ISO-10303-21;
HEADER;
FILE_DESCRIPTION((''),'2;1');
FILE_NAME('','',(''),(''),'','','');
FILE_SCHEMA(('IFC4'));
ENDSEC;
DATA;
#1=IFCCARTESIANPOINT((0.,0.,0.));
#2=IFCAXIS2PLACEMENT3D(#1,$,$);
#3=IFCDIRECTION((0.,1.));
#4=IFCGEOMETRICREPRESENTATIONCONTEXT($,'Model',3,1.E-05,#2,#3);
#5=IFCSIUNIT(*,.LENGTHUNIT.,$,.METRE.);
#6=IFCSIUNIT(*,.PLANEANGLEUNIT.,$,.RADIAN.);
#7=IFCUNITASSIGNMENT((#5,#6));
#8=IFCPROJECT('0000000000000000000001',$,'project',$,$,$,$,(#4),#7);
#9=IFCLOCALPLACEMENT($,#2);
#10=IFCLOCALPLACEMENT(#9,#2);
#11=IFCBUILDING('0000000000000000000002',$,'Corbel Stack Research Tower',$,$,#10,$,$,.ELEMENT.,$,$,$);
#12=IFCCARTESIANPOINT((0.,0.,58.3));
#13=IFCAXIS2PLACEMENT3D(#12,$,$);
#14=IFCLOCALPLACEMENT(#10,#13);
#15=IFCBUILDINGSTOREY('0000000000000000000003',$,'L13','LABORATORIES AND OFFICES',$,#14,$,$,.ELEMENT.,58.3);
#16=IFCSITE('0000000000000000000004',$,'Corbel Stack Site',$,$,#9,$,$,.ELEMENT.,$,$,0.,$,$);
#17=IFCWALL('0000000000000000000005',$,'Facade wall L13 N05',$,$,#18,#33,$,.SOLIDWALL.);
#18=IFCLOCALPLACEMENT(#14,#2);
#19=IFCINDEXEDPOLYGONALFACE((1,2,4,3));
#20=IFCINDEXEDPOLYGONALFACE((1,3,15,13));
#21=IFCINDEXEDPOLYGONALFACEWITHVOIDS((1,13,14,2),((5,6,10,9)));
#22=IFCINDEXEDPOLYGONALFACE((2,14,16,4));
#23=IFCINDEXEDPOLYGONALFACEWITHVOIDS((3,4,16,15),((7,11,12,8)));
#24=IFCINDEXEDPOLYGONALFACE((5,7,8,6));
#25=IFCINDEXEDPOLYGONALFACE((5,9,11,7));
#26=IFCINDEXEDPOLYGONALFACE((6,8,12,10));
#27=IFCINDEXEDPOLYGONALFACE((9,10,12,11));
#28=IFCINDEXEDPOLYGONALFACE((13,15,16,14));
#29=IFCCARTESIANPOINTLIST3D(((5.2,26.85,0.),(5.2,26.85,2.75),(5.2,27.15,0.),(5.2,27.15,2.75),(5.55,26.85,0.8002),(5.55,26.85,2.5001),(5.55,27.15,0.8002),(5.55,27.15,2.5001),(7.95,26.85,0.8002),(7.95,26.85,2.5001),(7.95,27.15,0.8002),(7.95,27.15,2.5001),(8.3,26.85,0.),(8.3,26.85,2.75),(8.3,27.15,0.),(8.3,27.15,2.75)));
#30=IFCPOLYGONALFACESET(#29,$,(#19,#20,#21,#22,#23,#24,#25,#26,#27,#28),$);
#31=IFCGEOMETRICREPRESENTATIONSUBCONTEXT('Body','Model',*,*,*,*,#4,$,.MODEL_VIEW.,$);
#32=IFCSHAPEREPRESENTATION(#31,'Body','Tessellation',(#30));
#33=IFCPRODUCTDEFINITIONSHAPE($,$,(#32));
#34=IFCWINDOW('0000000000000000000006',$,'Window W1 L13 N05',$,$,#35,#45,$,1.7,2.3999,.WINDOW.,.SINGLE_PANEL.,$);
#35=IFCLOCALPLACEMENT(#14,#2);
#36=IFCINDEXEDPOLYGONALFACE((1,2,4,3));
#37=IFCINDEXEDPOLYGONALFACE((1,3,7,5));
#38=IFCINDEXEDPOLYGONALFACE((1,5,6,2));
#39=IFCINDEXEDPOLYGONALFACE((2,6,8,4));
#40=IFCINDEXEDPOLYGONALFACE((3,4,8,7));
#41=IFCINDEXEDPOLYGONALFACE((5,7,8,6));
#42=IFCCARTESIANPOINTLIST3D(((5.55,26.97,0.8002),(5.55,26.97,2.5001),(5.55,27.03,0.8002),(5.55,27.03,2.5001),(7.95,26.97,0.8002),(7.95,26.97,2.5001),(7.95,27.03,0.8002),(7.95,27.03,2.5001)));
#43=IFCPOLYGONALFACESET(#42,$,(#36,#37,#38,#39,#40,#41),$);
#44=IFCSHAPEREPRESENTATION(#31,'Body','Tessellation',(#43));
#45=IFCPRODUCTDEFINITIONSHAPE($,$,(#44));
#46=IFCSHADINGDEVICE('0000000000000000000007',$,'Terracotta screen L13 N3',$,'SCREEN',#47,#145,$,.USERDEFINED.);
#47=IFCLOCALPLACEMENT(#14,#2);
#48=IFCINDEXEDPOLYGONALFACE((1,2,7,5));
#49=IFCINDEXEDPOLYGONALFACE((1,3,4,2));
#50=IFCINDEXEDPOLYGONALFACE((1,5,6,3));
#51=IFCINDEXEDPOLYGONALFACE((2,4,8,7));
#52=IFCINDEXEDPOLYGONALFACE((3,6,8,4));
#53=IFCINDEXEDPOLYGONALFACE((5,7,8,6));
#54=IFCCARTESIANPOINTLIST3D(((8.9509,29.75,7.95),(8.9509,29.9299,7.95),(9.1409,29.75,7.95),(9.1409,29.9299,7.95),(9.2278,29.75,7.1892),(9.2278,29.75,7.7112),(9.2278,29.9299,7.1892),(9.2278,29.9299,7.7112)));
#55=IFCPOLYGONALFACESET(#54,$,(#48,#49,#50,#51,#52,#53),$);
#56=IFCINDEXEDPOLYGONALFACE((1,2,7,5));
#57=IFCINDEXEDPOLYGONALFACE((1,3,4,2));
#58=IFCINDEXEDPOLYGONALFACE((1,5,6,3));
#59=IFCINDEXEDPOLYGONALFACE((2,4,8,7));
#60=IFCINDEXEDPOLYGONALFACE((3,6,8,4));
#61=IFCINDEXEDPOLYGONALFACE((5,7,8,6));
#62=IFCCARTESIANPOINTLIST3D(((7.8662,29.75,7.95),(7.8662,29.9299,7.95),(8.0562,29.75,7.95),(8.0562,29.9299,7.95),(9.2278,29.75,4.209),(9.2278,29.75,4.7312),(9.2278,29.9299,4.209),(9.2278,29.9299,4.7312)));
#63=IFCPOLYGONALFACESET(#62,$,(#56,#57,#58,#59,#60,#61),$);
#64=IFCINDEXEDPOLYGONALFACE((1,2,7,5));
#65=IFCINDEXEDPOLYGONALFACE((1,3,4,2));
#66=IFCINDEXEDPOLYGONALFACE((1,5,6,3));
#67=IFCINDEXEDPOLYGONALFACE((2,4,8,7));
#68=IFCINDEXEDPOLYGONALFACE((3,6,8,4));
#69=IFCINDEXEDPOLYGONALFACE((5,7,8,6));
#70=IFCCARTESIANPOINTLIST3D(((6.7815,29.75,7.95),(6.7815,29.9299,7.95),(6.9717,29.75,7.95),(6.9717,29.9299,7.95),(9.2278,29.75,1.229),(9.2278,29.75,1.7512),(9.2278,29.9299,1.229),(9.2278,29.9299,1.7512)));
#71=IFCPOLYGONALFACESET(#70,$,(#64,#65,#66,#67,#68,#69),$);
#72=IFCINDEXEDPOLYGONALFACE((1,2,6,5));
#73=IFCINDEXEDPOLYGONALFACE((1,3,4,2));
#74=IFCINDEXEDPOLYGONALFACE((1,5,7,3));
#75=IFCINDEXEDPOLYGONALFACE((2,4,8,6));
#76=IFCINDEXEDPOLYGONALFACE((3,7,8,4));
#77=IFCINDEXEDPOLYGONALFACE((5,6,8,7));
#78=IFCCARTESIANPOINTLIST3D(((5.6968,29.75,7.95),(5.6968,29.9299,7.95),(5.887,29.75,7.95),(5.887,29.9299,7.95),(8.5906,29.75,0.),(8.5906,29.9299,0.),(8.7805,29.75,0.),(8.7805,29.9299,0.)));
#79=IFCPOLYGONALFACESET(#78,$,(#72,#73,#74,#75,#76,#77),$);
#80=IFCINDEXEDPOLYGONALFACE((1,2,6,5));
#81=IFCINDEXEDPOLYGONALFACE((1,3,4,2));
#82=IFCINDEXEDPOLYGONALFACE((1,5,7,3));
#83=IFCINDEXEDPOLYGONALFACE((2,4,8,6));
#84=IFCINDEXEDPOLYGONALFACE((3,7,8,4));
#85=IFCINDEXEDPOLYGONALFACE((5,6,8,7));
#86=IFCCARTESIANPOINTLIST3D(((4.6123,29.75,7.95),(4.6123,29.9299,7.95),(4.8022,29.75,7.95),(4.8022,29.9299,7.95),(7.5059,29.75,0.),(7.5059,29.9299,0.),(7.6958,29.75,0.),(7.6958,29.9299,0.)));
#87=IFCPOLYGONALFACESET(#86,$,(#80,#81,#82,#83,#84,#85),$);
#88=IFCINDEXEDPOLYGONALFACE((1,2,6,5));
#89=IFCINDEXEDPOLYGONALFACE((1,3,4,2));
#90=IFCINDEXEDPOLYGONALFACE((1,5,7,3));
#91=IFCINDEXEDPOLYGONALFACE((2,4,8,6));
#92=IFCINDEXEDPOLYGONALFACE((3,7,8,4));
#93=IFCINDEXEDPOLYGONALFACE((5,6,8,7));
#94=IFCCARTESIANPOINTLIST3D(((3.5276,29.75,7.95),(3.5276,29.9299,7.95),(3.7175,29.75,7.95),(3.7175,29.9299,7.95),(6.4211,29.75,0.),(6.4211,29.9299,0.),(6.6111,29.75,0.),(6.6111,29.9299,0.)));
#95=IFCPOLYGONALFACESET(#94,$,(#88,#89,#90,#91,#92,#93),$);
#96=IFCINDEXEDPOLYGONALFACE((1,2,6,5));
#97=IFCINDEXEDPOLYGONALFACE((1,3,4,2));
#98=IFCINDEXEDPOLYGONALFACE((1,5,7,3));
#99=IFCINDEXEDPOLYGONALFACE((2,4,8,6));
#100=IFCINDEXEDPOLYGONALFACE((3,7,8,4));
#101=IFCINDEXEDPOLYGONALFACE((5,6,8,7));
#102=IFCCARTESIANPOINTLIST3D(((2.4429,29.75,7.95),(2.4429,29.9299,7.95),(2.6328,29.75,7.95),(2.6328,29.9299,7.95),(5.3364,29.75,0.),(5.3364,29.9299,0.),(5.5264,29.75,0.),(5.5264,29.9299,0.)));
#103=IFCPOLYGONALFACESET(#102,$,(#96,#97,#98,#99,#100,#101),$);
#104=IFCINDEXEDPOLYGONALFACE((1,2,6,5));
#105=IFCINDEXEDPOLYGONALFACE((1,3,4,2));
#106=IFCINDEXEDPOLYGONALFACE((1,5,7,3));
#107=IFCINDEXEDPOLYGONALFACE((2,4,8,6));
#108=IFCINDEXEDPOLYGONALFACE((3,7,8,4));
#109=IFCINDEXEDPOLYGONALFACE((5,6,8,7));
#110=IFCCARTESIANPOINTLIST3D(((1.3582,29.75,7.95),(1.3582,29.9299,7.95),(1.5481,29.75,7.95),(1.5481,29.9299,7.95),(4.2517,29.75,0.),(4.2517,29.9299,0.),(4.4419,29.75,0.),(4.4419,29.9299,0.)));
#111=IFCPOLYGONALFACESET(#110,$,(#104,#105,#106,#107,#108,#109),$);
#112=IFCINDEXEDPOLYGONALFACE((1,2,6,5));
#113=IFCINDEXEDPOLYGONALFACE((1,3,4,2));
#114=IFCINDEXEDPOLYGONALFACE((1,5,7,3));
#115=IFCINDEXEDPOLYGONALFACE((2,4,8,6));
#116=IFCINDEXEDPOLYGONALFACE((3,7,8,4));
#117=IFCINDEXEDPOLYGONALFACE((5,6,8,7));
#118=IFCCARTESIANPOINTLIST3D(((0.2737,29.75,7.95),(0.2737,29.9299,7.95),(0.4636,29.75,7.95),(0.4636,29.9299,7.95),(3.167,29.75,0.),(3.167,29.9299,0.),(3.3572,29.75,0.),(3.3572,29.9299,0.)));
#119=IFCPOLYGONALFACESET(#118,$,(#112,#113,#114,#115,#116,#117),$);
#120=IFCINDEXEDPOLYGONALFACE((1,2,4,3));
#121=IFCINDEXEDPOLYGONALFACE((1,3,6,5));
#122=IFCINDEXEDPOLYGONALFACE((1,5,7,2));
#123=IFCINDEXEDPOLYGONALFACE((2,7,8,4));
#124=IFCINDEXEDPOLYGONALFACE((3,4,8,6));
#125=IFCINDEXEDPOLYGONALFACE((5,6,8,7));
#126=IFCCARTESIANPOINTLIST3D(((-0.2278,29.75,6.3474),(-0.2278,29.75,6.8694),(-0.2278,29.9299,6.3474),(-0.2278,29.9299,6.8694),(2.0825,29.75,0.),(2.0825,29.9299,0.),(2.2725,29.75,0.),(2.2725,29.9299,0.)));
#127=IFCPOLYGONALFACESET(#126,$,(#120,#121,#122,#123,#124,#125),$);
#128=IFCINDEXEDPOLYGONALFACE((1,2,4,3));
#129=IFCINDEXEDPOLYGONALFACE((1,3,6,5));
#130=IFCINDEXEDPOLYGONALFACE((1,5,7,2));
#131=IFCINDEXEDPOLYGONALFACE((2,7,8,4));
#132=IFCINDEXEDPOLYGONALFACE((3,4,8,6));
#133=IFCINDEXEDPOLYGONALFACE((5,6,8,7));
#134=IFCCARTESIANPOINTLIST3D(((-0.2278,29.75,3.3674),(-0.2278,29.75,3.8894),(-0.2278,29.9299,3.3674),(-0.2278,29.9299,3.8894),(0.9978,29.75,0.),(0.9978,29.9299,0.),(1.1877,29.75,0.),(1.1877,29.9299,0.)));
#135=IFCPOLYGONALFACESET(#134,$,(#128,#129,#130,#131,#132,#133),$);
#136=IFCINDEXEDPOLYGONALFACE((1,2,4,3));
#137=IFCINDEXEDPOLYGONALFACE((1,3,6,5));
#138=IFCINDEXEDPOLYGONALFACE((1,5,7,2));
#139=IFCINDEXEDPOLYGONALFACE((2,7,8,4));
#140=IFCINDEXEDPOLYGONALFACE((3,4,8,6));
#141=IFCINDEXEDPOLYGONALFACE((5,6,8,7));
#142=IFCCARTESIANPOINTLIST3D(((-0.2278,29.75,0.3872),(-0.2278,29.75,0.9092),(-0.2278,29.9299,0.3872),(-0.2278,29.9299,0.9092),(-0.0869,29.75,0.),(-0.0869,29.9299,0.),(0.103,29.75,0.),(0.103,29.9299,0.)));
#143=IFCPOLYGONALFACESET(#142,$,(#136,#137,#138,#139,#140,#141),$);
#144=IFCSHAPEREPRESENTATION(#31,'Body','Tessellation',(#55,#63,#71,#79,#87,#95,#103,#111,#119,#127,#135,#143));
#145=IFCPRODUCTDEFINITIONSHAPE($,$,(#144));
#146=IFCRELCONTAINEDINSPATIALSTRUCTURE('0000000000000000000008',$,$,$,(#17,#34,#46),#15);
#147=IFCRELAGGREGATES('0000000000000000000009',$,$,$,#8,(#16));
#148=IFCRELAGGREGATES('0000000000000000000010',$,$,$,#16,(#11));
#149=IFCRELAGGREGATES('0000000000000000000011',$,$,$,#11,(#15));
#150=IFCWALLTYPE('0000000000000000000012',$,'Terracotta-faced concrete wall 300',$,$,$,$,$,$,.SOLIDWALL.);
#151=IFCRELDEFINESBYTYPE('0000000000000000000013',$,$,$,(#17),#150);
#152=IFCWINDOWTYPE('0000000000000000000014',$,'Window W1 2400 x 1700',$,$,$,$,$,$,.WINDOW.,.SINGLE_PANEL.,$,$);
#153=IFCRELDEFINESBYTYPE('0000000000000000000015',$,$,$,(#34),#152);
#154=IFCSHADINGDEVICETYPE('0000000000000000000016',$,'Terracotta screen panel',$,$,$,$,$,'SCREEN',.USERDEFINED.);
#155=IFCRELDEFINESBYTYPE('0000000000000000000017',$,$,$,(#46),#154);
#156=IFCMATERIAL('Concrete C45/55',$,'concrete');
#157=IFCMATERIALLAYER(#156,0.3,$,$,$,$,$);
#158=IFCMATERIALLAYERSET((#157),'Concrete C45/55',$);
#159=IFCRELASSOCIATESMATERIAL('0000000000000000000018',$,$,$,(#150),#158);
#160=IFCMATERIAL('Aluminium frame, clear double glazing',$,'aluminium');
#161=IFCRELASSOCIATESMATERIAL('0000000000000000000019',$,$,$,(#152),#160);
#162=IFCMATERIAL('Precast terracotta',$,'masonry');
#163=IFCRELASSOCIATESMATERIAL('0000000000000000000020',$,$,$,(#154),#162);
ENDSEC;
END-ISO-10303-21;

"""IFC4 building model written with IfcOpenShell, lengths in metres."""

from ifc_helpers import new_model, si_unit, direction, frame, frame_2d, origin, place, context, subcontext, project, spatial, polyline, rectangle, outline, extrude, source, transform, mapped, material, layer, layer_set, type_object, element, fill, save


model = new_model("IFC4")

# Units and contexts
model_context = context("Model", 3, precision=1e-05, world=origin(), true_north=direction((0.0, 1.0)))
body_context = subcontext(model_context, "Body", "Model", "MODEL_VIEW")
ifc_project = project(units=[si_unit("LENGTHUNIT", "METRE"), si_unit("PLANEANGLEUNIT", "RADIAN")], contexts=[model_context])

# Site, building, storey
site_placement = place(None, origin())
site = spatial("IfcSite", under=ifc_project, at=site_placement, Name="Corbel Stack Site", CompositionType="ELEMENT", RefElevation=0.0)
building_placement = place(site_placement, origin())
building = spatial("IfcBuilding", under=site, at=building_placement, Name="Corbel Stack Research Tower", CompositionType="ELEMENT")
storey_placement = place(building_placement, frame((0.0, 0.0, 58.3)))
storey = spatial("IfcBuildingStorey", under=building, at=storey_placement, Name="L13", Description="LABORATORIES AND OFFICES", CompositionType="ELEMENT", Elevation=58.3)

# Shared definitions
ifc_material_1 = material(Name="Concrete C45/55", Category="concrete")
ifc_layer_1 = layer(ifc_material_1, 0.3)
ifc_layer_set_1 = layer_set([ifc_layer_1], Name="Concrete C45/55")
wall_type_1 = type_object("IfcWallType", Name="Terracotta-faced concrete wall 300", PredefinedType="SOLIDWALL", material=ifc_layer_set_1)

# Wall, opening, window
ifc_material_2 = material(Name="Aluminium frame, clear double glazing", Category="aluminium")
window_type = type_object("IfcWindowType", Name="Window W1 2400 x 1700", PartitioningType="SINGLE_PANEL", PredefinedType="WINDOW", material=ifc_material_2)
wall_1_placement = place(storey_placement, frame((5.2, 27.0, 0.0), z_axis=(0.0, 0.0, 1.0), x_axis=(1.0, 0.0, 0.0)))
wall_1 = element("IfcWall", 1, at=wall_1_placement, inside=storey, type_object=wall_type_1, Name="Facade wall L13 N05", PredefinedType="SOLIDWALL", context=body_context, shape_type="SweptSolid", body=[
    extrude(rectangle(XDim=3.1001, YDim=0.3, at=frame_2d((1.55, 0.0))), origin(), (0.0, 0.0, 1.0), 2.75),
])
opening_1_placement = place(wall_1_placement, frame((0.3501, 0.0, 0.8)))
opening_1 = element("IfcOpeningElement", 2, at=opening_1_placement, cuts=wall_1, PredefinedType="OPENING", context=body_context, shape_type="SweptSolid", body=[
    extrude(rectangle(XDim=2.3999, YDim=1.7, at=frame_2d((1.2, 0.8501))), frame((0.0, 0.1599, 0.0), z_axis=(0.0, -1.0, 0.0), x_axis=(1.0, 0.0, 0.0)), (0.0, 0.0, 1.0), 0.3201),
])
window_1_placement = place(opening_1_placement, origin())
window_1 = element("IfcWindow", 3, at=window_1_placement, inside=storey, type_object=window_type, Name="Window W1 L13 N05", OverallHeight=1.7, OverallWidth=2.3999, PartitioningType="SINGLE_PANEL", PredefinedType="WINDOW", context=body_context, shape_type="SweptSolid", body=[
    extrude(rectangle(XDim=2.3999, YDim=1.7, at=frame_2d((1.2, 0.8501))), frame((0.0, 0.03, 0.0), z_axis=(0.0, -1.0, 0.0), x_axis=(1.0, 0.0, 0.0)), (0.0, 0.0, 1.0), 0.0601),
])
fill(opening_1, window_1)

# Shading device
ifc_material_3 = material(Name="Precast terracotta", Category="masonry")
shading_device_type = type_object("IfcShadingDeviceType", Name="Terracotta screen panel", ElementType="SCREEN", PredefinedType="USERDEFINED", material=ifc_material_3)
shared_shape_1 = source(origin(), body_context, "Body", "SweptSolid", [
    extrude(outline(polyline([(0.2769, 7.95), (0.0869, 7.95), (0.0, 7.7112), (0.0, 7.1892), (0.2769, 7.95)])), frame((0.0, 0.0, 0.0), z_axis=(0.0, -1.0, 0.0), x_axis=(1.0, 0.0, 0.0)), (0.0, 0.0, 1.0), 0.1799),
    extrude(outline(polyline([(1.3616, 7.95), (1.1716, 7.95), (0.0, 4.7312), (0.0, 4.209), (1.3616, 7.95)])), frame((0.0, 0.0, 0.0), z_axis=(0.0, -1.0, 0.0), x_axis=(1.0, 0.0, 0.0)), (0.0, 0.0, 1.0), 0.1799),
    extrude(outline(polyline([(2.4463, 7.95), (2.2561, 7.95), (0.0, 1.7512), (0.0, 1.229), (2.4463, 7.95)])), frame((0.0, 0.0, 0.0), z_axis=(0.0, -1.0, 0.0), x_axis=(1.0, 0.0, 0.0)), (0.0, 0.0, 1.0), 0.1799),
    extrude(outline(polyline([(0.6372, 0.0), (3.531, 7.95), (3.3408, 7.95), (0.4473, 0.0), (0.6372, 0.0)])), frame((0.0, 0.0, 0.0), z_axis=(0.0, -1.0, 0.0), x_axis=(1.0, 0.0, 0.0)), (0.0, 0.0, 1.0), 0.1799),
    extrude(outline(polyline([(1.7219, 0.0), (4.6155, 7.95), (4.4255, 7.95), (1.532, 0.0), (1.7219, 0.0)])), frame((0.0, 0.0, 0.0), z_axis=(0.0, -1.0, 0.0), x_axis=(1.0, 0.0, 0.0)), (0.0, 0.0, 1.0), 0.1799),
    extrude(outline(polyline([(2.8066, 0.0), (5.7002, 7.95), (5.5103, 7.95), (2.6167, 0.0), (2.8066, 0.0)])), frame((0.0, 0.0, 0.0), z_axis=(0.0, -1.0, 0.0), x_axis=(1.0, 0.0, 0.0)), (0.0, 0.0, 1.0), 0.1799),
    extrude(outline(polyline([(3.8914, 0.0), (6.7849, 7.95), (6.595, 7.95), (3.7014, 0.0), (3.8914, 0.0)])), frame((0.0, 0.0, 0.0), z_axis=(0.0, -1.0, 0.0), x_axis=(1.0, 0.0, 0.0)), (0.0, 0.0, 1.0), 0.1799),
    extrude(outline(polyline([(4.9761, 0.0), (7.8696, 7.95), (7.6797, 7.95), (4.7859, 0.0), (4.9761, 0.0)])), frame((0.0, 0.0, 0.0), z_axis=(0.0, -1.0, 0.0), x_axis=(1.0, 0.0, 0.0)), (0.0, 0.0, 1.0), 0.1799),
    extrude(outline(polyline([(6.0608, 0.0), (8.9541, 7.95), (8.7642, 7.95), (5.8706, 0.0), (6.0608, 0.0)])), frame((0.0, 0.0, 0.0), z_axis=(0.0, -1.0, 0.0), x_axis=(1.0, 0.0, 0.0)), (0.0, 0.0, 1.0), 0.1799),
    extrude(outline(polyline([(7.1453, 0.0), (9.4556, 6.3474), (9.4556, 6.8694), (6.9553, 0.0), (7.1453, 0.0)])), frame((0.0, 0.0, 0.0), z_axis=(0.0, -1.0, 0.0), x_axis=(1.0, 0.0, 0.0)), (0.0, 0.0, 1.0), 0.1799),
    extrude(outline(polyline([(8.23, 0.0), (9.4556, 3.3674), (9.4556, 3.8894), (8.04, 0.0), (8.23, 0.0)])), frame((0.0, 0.0, 0.0), z_axis=(0.0, -1.0, 0.0), x_axis=(1.0, 0.0, 0.0)), (0.0, 0.0, 1.0), 0.1799),
    extrude(outline(polyline([(9.3147, 0.0), (9.4556, 0.3872), (9.4556, 0.9092), (9.1248, 0.0), (9.3147, 0.0)])), frame((0.0, 0.0, 0.0), z_axis=(0.0, -1.0, 0.0), x_axis=(1.0, 0.0, 0.0)), (0.0, 0.0, 1.0), 0.1799),
])
shading_device_1_placement = place(storey_placement, frame((9.2278, 29.75, 0.0), z_axis=(0.0, 0.0, 1.0), x_axis=(-1.0, 0.0, 0.0)))
element("IfcShadingDevice", 4, at=shading_device_1_placement, inside=storey, type_object=shading_device_type, Name="Terracotta screen L13 N3", ObjectType="SCREEN", PredefinedType="USERDEFINED", context=body_context, shape_type="MappedRepresentation", body=[
    mapped(shared_shape_1, transform((0.0, 0.0, 0.0))),
])

save(model, "model.ifc")
